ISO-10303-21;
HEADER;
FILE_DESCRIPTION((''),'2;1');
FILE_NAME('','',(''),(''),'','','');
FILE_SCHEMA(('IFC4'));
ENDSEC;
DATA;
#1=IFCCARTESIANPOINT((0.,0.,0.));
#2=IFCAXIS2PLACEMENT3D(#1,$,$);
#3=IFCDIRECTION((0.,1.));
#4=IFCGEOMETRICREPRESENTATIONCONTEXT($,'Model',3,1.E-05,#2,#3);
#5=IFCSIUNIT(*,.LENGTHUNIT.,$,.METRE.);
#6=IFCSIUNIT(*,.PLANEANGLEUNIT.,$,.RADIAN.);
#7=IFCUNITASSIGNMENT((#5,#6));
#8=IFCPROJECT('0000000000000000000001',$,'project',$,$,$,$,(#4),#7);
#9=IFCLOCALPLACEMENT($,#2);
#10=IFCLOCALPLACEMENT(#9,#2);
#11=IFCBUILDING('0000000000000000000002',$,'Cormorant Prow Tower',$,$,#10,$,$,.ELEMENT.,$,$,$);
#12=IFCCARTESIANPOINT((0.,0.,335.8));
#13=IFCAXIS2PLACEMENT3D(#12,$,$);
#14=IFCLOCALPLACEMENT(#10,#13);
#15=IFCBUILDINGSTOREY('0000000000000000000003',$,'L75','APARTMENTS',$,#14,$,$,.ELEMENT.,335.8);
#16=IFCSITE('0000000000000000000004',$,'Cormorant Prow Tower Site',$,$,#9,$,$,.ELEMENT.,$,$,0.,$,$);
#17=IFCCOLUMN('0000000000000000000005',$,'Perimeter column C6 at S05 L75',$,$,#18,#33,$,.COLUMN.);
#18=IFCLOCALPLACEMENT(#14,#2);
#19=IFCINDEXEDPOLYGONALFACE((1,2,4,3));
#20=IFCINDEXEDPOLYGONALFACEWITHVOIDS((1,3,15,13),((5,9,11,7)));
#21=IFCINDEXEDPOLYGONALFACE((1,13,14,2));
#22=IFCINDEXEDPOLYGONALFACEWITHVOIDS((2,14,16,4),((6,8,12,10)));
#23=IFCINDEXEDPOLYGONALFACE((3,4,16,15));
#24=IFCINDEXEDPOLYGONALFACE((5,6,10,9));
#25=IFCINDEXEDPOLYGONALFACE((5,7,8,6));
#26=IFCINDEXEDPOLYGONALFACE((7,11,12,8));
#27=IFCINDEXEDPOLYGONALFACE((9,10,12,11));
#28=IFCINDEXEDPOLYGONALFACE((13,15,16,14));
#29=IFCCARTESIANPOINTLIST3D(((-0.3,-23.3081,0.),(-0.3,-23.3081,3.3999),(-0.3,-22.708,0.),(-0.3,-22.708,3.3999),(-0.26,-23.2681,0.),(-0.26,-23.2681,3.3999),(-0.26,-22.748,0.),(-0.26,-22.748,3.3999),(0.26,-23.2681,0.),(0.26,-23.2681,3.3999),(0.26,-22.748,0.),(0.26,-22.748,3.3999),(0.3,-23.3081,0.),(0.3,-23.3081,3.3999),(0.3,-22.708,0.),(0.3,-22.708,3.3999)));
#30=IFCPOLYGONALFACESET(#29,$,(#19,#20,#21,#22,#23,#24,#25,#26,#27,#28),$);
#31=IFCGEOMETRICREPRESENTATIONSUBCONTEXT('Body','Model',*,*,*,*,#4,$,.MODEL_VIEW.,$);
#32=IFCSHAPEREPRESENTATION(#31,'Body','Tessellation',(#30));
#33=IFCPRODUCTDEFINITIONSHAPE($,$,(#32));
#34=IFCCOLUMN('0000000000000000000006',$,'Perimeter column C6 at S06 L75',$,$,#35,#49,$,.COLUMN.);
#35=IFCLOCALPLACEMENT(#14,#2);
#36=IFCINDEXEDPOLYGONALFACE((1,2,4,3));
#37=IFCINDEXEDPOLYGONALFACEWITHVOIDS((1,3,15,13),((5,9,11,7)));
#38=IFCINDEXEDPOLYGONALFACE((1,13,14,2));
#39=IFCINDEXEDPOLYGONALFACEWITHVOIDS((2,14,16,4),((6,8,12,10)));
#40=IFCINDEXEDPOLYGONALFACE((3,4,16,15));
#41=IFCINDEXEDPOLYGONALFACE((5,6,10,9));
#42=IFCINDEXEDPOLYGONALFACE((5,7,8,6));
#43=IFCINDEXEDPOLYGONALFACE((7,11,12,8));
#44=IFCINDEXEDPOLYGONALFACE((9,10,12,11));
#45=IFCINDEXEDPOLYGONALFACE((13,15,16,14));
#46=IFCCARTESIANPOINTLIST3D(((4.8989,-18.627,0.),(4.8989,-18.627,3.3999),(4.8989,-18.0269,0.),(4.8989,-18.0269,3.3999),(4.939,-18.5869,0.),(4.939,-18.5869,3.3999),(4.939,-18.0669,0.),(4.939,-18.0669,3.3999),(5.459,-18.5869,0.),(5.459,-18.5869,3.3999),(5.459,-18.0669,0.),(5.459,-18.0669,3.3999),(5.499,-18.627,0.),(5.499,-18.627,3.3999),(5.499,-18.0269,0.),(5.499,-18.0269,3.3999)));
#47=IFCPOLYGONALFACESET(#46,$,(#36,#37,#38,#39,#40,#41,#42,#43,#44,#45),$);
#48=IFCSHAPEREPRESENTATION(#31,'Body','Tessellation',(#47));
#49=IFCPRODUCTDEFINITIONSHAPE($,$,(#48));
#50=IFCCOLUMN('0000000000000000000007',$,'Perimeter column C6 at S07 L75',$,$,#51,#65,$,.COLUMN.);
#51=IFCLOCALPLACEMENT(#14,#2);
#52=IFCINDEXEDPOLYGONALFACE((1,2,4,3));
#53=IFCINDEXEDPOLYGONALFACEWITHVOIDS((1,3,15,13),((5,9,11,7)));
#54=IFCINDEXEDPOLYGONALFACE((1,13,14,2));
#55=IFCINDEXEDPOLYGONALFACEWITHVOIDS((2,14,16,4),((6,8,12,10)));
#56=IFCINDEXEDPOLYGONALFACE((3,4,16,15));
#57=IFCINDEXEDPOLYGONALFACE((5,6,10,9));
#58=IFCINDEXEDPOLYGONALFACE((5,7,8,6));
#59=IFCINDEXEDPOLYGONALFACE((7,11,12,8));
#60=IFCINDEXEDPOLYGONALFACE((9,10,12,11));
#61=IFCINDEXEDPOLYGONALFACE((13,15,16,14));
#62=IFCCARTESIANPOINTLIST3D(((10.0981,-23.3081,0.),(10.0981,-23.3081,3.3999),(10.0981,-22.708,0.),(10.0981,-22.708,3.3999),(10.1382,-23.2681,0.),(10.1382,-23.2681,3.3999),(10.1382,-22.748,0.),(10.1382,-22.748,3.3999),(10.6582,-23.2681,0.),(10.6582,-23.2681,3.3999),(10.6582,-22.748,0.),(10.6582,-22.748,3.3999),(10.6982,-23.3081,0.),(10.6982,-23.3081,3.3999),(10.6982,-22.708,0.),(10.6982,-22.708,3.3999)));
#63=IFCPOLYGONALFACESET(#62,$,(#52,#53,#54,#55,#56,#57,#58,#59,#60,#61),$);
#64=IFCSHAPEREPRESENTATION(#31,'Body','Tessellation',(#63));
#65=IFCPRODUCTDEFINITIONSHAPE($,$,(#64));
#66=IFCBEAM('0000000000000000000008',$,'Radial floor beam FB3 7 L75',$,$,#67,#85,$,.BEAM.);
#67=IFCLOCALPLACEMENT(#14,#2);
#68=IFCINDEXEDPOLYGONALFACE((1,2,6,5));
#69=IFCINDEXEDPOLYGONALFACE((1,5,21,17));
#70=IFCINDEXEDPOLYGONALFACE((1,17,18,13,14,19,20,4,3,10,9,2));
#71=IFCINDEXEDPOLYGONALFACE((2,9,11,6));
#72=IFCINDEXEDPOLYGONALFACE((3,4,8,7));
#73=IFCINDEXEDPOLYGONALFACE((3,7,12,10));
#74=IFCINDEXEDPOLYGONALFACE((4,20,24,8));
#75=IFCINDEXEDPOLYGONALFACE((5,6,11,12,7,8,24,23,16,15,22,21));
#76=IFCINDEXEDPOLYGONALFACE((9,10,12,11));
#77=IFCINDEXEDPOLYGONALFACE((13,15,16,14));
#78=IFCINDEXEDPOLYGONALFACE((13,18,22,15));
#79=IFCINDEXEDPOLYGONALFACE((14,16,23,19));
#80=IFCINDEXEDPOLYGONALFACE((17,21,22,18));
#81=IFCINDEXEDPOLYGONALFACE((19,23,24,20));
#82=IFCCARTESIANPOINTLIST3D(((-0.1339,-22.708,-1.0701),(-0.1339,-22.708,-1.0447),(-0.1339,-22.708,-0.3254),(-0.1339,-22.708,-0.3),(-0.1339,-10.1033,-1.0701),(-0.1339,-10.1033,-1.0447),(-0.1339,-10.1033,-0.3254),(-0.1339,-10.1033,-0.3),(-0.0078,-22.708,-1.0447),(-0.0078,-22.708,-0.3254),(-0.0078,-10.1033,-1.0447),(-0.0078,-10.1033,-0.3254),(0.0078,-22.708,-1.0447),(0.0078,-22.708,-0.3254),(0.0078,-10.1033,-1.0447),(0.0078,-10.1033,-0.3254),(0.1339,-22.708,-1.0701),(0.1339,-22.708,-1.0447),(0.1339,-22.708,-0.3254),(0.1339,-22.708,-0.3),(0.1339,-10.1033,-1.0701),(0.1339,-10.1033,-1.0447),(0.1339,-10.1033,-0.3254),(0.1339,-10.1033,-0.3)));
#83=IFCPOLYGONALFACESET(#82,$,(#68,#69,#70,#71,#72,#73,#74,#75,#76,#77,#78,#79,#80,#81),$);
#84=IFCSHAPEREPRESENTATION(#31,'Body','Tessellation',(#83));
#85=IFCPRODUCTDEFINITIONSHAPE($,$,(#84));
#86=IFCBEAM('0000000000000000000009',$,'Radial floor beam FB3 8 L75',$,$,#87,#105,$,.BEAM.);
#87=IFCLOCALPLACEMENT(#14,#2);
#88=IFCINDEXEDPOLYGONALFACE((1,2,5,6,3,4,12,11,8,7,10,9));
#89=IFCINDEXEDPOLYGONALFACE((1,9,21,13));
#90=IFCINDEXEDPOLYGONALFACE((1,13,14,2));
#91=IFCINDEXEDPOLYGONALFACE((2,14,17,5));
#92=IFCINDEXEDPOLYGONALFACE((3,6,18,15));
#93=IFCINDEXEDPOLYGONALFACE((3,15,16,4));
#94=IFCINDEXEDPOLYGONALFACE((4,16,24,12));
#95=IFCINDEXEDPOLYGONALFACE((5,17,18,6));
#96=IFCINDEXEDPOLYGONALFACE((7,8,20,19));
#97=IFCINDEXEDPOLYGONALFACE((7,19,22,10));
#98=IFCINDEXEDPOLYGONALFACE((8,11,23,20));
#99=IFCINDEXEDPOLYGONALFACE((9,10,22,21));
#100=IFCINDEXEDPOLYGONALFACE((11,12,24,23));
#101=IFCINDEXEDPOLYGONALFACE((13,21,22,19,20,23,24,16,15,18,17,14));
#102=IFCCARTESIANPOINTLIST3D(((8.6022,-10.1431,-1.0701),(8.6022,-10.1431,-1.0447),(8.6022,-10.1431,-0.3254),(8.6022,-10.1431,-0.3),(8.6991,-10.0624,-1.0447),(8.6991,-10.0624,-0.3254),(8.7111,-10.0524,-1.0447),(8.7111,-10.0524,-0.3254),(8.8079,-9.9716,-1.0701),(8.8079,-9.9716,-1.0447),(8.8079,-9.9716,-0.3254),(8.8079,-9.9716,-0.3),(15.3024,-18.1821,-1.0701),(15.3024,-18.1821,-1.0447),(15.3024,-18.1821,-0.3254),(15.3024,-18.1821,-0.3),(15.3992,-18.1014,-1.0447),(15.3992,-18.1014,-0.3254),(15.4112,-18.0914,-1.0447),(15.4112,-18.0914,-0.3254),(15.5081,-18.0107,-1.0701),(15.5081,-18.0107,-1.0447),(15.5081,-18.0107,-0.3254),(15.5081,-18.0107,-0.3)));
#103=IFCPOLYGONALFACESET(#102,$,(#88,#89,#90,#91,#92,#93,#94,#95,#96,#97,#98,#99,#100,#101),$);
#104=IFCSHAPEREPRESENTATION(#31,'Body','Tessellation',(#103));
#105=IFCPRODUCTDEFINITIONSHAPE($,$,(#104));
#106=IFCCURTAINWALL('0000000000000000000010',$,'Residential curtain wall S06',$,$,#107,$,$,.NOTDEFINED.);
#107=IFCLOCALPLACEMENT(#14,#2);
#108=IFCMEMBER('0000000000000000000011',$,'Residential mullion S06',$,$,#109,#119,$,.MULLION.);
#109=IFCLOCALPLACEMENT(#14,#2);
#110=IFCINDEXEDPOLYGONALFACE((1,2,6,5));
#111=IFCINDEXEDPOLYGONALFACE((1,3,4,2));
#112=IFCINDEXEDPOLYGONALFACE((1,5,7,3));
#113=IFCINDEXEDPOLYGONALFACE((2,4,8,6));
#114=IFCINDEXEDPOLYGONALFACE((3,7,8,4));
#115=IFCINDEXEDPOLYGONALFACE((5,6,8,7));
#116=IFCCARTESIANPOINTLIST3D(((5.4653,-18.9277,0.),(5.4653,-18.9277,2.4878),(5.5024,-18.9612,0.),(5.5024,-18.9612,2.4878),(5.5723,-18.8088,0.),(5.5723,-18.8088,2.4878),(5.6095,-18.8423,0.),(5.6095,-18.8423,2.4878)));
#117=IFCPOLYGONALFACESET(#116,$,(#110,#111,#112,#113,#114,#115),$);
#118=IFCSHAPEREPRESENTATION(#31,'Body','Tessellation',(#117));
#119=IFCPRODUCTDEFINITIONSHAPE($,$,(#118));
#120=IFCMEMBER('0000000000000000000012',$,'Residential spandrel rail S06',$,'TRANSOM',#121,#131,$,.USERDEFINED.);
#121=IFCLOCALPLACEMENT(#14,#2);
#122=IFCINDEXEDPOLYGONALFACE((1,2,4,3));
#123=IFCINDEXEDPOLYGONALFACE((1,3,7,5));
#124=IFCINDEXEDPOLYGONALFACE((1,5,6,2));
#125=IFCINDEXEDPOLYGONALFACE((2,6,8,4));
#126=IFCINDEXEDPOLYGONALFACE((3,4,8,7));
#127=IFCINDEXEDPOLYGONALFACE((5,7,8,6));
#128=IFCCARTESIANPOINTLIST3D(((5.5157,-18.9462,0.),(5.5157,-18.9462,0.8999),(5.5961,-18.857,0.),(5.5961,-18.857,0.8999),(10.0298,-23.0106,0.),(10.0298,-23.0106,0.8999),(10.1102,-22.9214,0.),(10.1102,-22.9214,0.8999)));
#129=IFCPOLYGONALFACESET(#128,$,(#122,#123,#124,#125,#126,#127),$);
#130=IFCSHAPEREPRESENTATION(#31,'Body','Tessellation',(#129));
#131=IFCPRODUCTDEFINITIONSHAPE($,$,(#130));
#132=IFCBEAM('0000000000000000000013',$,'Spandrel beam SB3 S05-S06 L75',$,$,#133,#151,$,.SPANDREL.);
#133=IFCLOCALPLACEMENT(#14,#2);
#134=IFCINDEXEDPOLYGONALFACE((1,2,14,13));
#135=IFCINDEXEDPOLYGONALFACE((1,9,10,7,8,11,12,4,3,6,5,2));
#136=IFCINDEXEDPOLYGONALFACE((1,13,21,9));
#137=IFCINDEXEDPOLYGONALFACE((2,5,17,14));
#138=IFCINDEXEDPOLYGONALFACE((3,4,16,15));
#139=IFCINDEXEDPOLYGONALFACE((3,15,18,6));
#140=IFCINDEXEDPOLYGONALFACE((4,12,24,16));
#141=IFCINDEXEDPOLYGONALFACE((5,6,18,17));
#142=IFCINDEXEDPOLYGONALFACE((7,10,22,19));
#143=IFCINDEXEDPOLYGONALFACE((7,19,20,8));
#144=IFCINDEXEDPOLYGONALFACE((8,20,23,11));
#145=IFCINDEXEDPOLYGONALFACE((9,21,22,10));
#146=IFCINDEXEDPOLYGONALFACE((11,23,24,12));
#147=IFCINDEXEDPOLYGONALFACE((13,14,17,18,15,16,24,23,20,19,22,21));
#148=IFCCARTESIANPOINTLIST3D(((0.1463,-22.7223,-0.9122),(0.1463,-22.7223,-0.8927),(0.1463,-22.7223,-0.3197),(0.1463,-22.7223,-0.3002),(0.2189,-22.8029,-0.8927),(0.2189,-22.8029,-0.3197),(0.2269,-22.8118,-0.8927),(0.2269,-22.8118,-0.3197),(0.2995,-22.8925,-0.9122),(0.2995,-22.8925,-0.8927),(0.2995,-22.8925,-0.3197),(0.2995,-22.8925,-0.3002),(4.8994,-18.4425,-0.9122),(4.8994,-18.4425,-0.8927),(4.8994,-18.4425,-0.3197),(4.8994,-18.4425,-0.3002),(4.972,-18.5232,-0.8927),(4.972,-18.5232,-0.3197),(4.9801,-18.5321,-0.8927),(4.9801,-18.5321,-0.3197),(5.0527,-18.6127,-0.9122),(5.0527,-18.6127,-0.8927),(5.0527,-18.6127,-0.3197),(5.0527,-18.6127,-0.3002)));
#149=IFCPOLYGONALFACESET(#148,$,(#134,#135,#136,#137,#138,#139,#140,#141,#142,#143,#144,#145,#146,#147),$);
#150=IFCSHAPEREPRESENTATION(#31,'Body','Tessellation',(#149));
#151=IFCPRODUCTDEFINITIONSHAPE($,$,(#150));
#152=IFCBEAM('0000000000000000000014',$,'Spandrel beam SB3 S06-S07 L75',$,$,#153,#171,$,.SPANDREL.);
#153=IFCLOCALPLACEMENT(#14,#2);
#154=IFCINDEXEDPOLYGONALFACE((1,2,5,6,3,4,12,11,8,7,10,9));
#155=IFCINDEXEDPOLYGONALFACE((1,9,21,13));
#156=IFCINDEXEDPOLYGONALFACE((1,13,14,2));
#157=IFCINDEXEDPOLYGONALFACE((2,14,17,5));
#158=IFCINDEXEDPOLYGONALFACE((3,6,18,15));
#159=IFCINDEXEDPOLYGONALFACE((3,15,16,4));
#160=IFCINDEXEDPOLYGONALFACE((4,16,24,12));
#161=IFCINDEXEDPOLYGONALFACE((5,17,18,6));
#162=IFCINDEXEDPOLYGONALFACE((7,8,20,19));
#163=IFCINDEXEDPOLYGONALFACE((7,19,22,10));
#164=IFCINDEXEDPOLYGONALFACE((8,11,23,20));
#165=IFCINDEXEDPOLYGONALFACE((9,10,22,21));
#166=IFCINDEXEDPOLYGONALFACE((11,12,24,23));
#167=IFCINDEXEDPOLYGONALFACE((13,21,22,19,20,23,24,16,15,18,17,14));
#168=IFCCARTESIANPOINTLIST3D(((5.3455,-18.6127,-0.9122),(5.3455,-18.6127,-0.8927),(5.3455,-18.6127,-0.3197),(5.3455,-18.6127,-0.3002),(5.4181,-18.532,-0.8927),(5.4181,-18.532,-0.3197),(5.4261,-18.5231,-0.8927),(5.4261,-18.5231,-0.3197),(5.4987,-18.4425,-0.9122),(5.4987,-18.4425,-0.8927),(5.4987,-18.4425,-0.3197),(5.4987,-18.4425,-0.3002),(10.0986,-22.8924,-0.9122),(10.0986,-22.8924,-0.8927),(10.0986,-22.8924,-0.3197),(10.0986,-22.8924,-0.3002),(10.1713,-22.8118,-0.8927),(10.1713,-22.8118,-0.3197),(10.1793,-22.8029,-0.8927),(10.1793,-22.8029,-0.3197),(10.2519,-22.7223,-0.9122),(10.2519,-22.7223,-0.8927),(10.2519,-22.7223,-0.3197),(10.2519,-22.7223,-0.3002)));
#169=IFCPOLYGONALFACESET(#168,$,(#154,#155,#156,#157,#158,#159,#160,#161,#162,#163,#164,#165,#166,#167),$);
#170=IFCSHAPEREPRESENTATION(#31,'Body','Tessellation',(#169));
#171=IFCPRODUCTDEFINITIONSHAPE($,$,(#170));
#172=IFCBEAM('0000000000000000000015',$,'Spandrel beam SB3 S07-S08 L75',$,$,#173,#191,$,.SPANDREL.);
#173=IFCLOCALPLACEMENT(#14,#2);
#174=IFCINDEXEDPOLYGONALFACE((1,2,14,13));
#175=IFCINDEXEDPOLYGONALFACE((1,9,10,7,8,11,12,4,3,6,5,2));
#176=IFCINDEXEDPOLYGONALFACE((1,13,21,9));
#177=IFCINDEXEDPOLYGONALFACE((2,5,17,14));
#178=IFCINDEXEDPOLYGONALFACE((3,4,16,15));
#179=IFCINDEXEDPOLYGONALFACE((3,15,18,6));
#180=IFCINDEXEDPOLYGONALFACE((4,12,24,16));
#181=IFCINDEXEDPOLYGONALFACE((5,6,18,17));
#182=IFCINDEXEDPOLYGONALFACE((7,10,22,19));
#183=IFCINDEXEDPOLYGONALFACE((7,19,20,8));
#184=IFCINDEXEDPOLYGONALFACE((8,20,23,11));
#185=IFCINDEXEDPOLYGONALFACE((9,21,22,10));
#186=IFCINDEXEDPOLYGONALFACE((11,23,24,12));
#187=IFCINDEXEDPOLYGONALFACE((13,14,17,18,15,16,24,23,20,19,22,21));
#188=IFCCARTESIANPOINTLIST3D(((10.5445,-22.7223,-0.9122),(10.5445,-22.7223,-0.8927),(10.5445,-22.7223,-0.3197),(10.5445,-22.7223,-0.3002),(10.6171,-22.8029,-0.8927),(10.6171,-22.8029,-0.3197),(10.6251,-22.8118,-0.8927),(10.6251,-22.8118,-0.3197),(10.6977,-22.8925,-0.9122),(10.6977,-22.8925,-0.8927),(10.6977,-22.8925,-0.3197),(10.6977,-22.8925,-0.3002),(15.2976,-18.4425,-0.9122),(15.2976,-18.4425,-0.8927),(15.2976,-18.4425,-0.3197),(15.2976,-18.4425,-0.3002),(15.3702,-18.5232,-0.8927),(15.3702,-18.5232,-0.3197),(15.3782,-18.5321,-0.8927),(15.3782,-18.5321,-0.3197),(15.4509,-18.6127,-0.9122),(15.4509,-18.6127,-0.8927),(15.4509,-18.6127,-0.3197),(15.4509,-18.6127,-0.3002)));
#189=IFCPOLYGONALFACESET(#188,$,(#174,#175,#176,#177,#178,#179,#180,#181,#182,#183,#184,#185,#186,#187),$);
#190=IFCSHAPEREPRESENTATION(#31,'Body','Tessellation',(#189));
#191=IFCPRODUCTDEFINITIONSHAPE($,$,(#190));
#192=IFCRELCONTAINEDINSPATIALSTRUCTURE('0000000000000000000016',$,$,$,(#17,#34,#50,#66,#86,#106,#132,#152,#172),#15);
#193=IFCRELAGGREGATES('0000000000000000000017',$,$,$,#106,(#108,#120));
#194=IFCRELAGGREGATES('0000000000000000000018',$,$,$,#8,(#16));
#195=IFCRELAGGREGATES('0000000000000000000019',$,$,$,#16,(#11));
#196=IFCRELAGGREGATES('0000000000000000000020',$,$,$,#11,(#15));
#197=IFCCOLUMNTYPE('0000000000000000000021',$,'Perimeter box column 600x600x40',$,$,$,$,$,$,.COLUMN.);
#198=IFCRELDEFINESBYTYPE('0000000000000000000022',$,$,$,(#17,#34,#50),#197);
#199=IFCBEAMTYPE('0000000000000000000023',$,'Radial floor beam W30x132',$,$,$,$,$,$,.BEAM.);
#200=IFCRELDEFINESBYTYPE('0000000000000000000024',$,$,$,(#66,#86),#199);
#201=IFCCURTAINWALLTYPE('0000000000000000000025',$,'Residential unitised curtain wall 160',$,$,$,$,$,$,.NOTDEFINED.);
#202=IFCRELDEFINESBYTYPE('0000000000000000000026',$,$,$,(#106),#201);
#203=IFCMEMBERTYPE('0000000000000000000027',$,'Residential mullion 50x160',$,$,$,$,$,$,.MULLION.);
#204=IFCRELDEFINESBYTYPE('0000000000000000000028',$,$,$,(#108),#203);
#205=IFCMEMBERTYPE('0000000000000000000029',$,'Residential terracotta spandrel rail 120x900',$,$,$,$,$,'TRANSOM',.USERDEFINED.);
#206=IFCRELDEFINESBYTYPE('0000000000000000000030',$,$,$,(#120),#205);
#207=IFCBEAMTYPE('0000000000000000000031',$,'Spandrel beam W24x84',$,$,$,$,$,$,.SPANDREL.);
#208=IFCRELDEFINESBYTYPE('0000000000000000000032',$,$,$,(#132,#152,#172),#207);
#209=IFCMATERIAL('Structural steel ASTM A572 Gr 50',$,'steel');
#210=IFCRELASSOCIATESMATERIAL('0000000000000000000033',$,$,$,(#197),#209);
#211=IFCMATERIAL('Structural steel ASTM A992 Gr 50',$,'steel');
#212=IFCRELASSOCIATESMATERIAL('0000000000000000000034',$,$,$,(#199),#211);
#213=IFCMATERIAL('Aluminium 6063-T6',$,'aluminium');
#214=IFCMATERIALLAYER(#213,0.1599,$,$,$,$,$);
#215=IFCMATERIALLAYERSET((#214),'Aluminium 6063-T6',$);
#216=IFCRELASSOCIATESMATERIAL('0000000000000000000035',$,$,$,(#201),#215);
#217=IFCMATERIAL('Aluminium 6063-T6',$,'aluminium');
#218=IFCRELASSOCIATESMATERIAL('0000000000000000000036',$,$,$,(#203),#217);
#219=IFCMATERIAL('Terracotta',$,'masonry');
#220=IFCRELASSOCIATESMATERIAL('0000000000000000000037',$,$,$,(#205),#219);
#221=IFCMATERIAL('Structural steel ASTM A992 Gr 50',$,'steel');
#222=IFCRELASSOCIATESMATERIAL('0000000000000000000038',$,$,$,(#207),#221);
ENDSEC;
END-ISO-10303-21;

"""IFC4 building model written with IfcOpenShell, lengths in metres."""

from ifc_helpers import new_model, si_unit, direction, frame, origin, origin_2d, place, context, subcontext, project, spatial, rectangle, hollow_rectangle, i_section, extrude, material, layer, layer_set, material_profile, profile_set, type_object, element, aggregate, save


model = new_model("IFC4")

# Units and contexts
model_context = context("Model", 3, precision=1e-05, world=origin(), true_north=direction((0.0, 1.0)))
body_context = subcontext(model_context, "Body", "Model", "MODEL_VIEW")
ifc_project = project(units=[si_unit("LENGTHUNIT", "METRE"), si_unit("PLANEANGLEUNIT", "RADIAN")], contexts=[model_context])

# Site, building, storey
site_placement = place(None, origin())
site = spatial("IfcSite", under=ifc_project, at=site_placement, Name="Cormorant Prow Tower Site", CompositionType="ELEMENT", RefElevation=0.0)
building_placement = place(site_placement, origin())
building = spatial("IfcBuilding", under=site, at=building_placement, Name="Cormorant Prow Tower", CompositionType="ELEMENT")
storey_placement = place(building_placement, frame((0.0, 0.0, 335.8)))
storey = spatial("IfcBuildingStorey", under=building, at=storey_placement, Name="L75", Description="APARTMENTS", CompositionType="ELEMENT", Elevation=335.8)

# Columns
ifc_material_1 = material(Name="Structural steel ASTM A572 Gr 50", Category="steel")
ifc_material_profile_1 = material_profile(ifc_material_1, hollow_rectangle(XDim=0.6001, YDim=0.6001, WallThickness=0.04, at=origin_2d()), Name="Box 600x600x40")
ifc_profile_set_1 = profile_set([ifc_material_profile_1], Name="Structural steel ASTM A572 Gr 50")
column_type = type_object("IfcColumnType", Name="Perimeter box column 600x600x40", PredefinedType="COLUMN", material=ifc_profile_set_1)
for number, where, z_axis, x_axis, name in (
    (1, (0.0, -23.0081, 0.0), (0.0, 0.0, 1.0), (1.0, 0.0, 0.0), "Perimeter column C6 at S05 L75"),
    (2, (5.199, -18.3269, 0.0), (0.0, 0.0, 1.0), (1.0, 0.0, 0.0), "Perimeter column C6 at S06 L75"),
    (3, (10.3982, -23.0081, 0.0), (0.0, 0.0, 1.0), (1.0, 0.0, 0.0), "Perimeter column C6 at S07 L75"),
):
    element("IfcColumn", number, at=place(storey_placement, frame(where, z_axis=z_axis, x_axis=x_axis)), inside=storey, type_object=column_type, Name=name, PredefinedType="COLUMN", context=body_context, shape_type="SweptSolid", body=[
        extrude(hollow_rectangle(XDim=0.6001, YDim=0.6001, WallThickness=0.04, at=origin_2d()), origin(), (0.0, 0.0, 1.0), 3.3999),
    ])

# Beams
ifc_material_2 = material(Name="Structural steel ASTM A992 Gr 50", Category="steel")
ifc_material_profile_2 = material_profile(ifc_material_2, i_section(OverallWidth=0.2678, OverallDepth=0.77, WebThickness=0.0156, FlangeThickness=0.0254, at=origin_2d()), Name="W30x132")
ifc_profile_set_2 = profile_set([ifc_material_profile_2], Name="Structural steel ASTM A992 Gr 50")
beam_type_1 = type_object("IfcBeamType", Name="Radial floor beam W30x132", PredefinedType="BEAM", material=ifc_profile_set_2)
beam_1_placement = place(storey_placement, frame((0.0, -10.1033, -0.6851), z_axis=(0.0, -1.0, 0.0), x_axis=(1.0, 0.0, 0.0)))
element("IfcBeam", 4, at=beam_1_placement, inside=storey, type_object=beam_type_1, Name="Radial floor beam FB3 7 L75", PredefinedType="BEAM", context=body_context, shape_type="SweptSolid", body=[
    extrude(i_section(OverallWidth=0.2678, OverallDepth=0.77, WebThickness=0.0156, FlangeThickness=0.0254, at=origin_2d()), origin(), (0.0, 0.0, 1.0), 12.6047),
])
beam_2_placement = place(storey_placement, frame((8.7051, -10.0574, -0.6851), z_axis=(0.640239, -0.768175, 0.0), x_axis=(0.768175, 0.640239, 0.0)))
element("IfcBeam", 5, at=beam_2_placement, inside=storey, type_object=beam_type_1, Name="Radial floor beam FB3 8 L75", PredefinedType="BEAM", context=body_context, shape_type="SweptSolid", body=[
    extrude(i_section(OverallWidth=0.2678, OverallDepth=0.77, WebThickness=0.0156, FlangeThickness=0.0254, at=origin_2d()), origin(), (0.0, 0.0, 1.0), 10.4651),
])

# Curtain wall, members
ifc_material_3 = material(Name="Aluminium 6063-T6", Category="aluminium")
ifc_layer_1 = layer(ifc_material_3, 0.1599)
ifc_layer_set_1 = layer_set([ifc_layer_1], Name="Aluminium 6063-T6")
curtain_wall_type = type_object("IfcCurtainWallType", Name="Residential unitised curtain wall 160", PredefinedType="NOTDEFINED", material=ifc_layer_set_1)
curtain_wall_placement = place(storey_placement, origin())
curtain_wall = element("IfcCurtainWall", 6, at=curtain_wall_placement, inside=storey, type_object=curtain_wall_type, Name="Residential curtain wall S06", PredefinedType="NOTDEFINED")
ifc_material_4 = material(Name="Aluminium 6063-T6", Category="aluminium")
ifc_material_profile_3 = material_profile(ifc_material_4, rectangle(XDim=0.1599, YDim=0.05, at=origin_2d()), Name="Residential mullion 50x160")
ifc_profile_set_3 = profile_set([ifc_material_profile_3], Name="Aluminium 6063-T6")
member_type_1 = type_object("IfcMemberType", Name="Residential mullion 50x160", PredefinedType="MULLION", material=ifc_profile_set_3)
member_1_placement = place(storey_placement, frame((5.5374, -18.885, 0.0), z_axis=(0.0, 0.0, 1.0), x_axis=(0.669131, 0.743145, 0.0)))
member_1 = element("IfcMember", 7, at=member_1_placement, type_object=member_type_1, Name="Residential mullion S06", PredefinedType="MULLION", context=body_context, shape_type="SweptSolid", body=[
    extrude(rectangle(XDim=0.1599, YDim=0.05, at=origin_2d()), origin(), (0.0, 0.0, 1.0), 2.4878),
])
ifc_material_5 = material(Name="Terracotta", Category="masonry")
ifc_material_profile_4 = material_profile(ifc_material_5, rectangle(XDim=0.1201, YDim=0.8999, at=origin_2d()), Name="Residential terracotta spandrel rail 120x900")
ifc_profile_set_4 = profile_set([ifc_material_profile_4], Name="Terracotta")
member_type_2 = type_object("IfcMemberType", Name="Residential terracotta spandrel rail 120x900", ElementType="TRANSOM", PredefinedType="USERDEFINED", material=ifc_profile_set_4)
member_2_placement = place(storey_placement, frame((5.5559, -18.9016, 0.45), z_axis=(0.743154, -0.66912, 0.0), x_axis=(0.66912, 0.743154, 0.0)))
member_2 = element("IfcMember", 8, at=member_2_placement, type_object=member_type_2, Name="Residential spandrel rail S06", ObjectType="TRANSOM", PredefinedType="USERDEFINED", context=body_context, shape_type="SweptSolid", body=[
    extrude(rectangle(XDim=0.1201, YDim=0.8999, at=origin_2d()), origin(), (0.0, 0.0, 1.0), 6.0742),
])

# Beams
ifc_material_6 = material(Name="Structural steel ASTM A992 Gr 50", Category="steel")
ifc_material_profile_5 = material_profile(ifc_material_6, i_section(OverallWidth=0.229, OverallDepth=0.6121, WebThickness=0.012, FlangeThickness=0.0195, at=origin_2d()), Name="W24x84")
ifc_profile_set_5 = profile_set([ifc_material_profile_5], Name="Structural steel ASTM A992 Gr 50")
beam_type_2 = type_object("IfcBeamType", Name="Spandrel beam W24x84", PredefinedType="SPANDREL", material=ifc_profile_set_5)
for number, where, z_axis, x_axis, name in (
    (9, (0.2229, -22.8074, -0.6062), (0.743144, 0.669131, 0.0), (-0.669131, 0.743144, 0.0), "Spandrel beam SB3 S05-S06 L75"),
    (10, (5.4221, -18.5276, -0.6062), (0.743144, -0.669131, 0.0), (0.669131, 0.743144, 0.0), "Spandrel beam SB3 S06-S07 L75"),
    (11, (10.6211, -22.8074, -0.6062), (0.743144, 0.669131, 0.0), (-0.669131, 0.743144, 0.0), "Spandrel beam SB3 S07-S08 L75"),
):
    element("IfcBeam", number, at=place(storey_placement, frame(where, z_axis=z_axis, x_axis=x_axis)), inside=storey, type_object=beam_type_2, Name=name, PredefinedType="SPANDREL", context=body_context, shape_type="SweptSolid", body=[
        extrude(i_section(OverallWidth=0.229, OverallDepth=0.6121, WebThickness=0.012, FlangeThickness=0.0195, at=origin_2d()), origin(), (0.0, 0.0, 1.0), 6.396),
    ])

aggregate(curtain_wall, [member_1, member_2])

save(model, "model.ifc")
